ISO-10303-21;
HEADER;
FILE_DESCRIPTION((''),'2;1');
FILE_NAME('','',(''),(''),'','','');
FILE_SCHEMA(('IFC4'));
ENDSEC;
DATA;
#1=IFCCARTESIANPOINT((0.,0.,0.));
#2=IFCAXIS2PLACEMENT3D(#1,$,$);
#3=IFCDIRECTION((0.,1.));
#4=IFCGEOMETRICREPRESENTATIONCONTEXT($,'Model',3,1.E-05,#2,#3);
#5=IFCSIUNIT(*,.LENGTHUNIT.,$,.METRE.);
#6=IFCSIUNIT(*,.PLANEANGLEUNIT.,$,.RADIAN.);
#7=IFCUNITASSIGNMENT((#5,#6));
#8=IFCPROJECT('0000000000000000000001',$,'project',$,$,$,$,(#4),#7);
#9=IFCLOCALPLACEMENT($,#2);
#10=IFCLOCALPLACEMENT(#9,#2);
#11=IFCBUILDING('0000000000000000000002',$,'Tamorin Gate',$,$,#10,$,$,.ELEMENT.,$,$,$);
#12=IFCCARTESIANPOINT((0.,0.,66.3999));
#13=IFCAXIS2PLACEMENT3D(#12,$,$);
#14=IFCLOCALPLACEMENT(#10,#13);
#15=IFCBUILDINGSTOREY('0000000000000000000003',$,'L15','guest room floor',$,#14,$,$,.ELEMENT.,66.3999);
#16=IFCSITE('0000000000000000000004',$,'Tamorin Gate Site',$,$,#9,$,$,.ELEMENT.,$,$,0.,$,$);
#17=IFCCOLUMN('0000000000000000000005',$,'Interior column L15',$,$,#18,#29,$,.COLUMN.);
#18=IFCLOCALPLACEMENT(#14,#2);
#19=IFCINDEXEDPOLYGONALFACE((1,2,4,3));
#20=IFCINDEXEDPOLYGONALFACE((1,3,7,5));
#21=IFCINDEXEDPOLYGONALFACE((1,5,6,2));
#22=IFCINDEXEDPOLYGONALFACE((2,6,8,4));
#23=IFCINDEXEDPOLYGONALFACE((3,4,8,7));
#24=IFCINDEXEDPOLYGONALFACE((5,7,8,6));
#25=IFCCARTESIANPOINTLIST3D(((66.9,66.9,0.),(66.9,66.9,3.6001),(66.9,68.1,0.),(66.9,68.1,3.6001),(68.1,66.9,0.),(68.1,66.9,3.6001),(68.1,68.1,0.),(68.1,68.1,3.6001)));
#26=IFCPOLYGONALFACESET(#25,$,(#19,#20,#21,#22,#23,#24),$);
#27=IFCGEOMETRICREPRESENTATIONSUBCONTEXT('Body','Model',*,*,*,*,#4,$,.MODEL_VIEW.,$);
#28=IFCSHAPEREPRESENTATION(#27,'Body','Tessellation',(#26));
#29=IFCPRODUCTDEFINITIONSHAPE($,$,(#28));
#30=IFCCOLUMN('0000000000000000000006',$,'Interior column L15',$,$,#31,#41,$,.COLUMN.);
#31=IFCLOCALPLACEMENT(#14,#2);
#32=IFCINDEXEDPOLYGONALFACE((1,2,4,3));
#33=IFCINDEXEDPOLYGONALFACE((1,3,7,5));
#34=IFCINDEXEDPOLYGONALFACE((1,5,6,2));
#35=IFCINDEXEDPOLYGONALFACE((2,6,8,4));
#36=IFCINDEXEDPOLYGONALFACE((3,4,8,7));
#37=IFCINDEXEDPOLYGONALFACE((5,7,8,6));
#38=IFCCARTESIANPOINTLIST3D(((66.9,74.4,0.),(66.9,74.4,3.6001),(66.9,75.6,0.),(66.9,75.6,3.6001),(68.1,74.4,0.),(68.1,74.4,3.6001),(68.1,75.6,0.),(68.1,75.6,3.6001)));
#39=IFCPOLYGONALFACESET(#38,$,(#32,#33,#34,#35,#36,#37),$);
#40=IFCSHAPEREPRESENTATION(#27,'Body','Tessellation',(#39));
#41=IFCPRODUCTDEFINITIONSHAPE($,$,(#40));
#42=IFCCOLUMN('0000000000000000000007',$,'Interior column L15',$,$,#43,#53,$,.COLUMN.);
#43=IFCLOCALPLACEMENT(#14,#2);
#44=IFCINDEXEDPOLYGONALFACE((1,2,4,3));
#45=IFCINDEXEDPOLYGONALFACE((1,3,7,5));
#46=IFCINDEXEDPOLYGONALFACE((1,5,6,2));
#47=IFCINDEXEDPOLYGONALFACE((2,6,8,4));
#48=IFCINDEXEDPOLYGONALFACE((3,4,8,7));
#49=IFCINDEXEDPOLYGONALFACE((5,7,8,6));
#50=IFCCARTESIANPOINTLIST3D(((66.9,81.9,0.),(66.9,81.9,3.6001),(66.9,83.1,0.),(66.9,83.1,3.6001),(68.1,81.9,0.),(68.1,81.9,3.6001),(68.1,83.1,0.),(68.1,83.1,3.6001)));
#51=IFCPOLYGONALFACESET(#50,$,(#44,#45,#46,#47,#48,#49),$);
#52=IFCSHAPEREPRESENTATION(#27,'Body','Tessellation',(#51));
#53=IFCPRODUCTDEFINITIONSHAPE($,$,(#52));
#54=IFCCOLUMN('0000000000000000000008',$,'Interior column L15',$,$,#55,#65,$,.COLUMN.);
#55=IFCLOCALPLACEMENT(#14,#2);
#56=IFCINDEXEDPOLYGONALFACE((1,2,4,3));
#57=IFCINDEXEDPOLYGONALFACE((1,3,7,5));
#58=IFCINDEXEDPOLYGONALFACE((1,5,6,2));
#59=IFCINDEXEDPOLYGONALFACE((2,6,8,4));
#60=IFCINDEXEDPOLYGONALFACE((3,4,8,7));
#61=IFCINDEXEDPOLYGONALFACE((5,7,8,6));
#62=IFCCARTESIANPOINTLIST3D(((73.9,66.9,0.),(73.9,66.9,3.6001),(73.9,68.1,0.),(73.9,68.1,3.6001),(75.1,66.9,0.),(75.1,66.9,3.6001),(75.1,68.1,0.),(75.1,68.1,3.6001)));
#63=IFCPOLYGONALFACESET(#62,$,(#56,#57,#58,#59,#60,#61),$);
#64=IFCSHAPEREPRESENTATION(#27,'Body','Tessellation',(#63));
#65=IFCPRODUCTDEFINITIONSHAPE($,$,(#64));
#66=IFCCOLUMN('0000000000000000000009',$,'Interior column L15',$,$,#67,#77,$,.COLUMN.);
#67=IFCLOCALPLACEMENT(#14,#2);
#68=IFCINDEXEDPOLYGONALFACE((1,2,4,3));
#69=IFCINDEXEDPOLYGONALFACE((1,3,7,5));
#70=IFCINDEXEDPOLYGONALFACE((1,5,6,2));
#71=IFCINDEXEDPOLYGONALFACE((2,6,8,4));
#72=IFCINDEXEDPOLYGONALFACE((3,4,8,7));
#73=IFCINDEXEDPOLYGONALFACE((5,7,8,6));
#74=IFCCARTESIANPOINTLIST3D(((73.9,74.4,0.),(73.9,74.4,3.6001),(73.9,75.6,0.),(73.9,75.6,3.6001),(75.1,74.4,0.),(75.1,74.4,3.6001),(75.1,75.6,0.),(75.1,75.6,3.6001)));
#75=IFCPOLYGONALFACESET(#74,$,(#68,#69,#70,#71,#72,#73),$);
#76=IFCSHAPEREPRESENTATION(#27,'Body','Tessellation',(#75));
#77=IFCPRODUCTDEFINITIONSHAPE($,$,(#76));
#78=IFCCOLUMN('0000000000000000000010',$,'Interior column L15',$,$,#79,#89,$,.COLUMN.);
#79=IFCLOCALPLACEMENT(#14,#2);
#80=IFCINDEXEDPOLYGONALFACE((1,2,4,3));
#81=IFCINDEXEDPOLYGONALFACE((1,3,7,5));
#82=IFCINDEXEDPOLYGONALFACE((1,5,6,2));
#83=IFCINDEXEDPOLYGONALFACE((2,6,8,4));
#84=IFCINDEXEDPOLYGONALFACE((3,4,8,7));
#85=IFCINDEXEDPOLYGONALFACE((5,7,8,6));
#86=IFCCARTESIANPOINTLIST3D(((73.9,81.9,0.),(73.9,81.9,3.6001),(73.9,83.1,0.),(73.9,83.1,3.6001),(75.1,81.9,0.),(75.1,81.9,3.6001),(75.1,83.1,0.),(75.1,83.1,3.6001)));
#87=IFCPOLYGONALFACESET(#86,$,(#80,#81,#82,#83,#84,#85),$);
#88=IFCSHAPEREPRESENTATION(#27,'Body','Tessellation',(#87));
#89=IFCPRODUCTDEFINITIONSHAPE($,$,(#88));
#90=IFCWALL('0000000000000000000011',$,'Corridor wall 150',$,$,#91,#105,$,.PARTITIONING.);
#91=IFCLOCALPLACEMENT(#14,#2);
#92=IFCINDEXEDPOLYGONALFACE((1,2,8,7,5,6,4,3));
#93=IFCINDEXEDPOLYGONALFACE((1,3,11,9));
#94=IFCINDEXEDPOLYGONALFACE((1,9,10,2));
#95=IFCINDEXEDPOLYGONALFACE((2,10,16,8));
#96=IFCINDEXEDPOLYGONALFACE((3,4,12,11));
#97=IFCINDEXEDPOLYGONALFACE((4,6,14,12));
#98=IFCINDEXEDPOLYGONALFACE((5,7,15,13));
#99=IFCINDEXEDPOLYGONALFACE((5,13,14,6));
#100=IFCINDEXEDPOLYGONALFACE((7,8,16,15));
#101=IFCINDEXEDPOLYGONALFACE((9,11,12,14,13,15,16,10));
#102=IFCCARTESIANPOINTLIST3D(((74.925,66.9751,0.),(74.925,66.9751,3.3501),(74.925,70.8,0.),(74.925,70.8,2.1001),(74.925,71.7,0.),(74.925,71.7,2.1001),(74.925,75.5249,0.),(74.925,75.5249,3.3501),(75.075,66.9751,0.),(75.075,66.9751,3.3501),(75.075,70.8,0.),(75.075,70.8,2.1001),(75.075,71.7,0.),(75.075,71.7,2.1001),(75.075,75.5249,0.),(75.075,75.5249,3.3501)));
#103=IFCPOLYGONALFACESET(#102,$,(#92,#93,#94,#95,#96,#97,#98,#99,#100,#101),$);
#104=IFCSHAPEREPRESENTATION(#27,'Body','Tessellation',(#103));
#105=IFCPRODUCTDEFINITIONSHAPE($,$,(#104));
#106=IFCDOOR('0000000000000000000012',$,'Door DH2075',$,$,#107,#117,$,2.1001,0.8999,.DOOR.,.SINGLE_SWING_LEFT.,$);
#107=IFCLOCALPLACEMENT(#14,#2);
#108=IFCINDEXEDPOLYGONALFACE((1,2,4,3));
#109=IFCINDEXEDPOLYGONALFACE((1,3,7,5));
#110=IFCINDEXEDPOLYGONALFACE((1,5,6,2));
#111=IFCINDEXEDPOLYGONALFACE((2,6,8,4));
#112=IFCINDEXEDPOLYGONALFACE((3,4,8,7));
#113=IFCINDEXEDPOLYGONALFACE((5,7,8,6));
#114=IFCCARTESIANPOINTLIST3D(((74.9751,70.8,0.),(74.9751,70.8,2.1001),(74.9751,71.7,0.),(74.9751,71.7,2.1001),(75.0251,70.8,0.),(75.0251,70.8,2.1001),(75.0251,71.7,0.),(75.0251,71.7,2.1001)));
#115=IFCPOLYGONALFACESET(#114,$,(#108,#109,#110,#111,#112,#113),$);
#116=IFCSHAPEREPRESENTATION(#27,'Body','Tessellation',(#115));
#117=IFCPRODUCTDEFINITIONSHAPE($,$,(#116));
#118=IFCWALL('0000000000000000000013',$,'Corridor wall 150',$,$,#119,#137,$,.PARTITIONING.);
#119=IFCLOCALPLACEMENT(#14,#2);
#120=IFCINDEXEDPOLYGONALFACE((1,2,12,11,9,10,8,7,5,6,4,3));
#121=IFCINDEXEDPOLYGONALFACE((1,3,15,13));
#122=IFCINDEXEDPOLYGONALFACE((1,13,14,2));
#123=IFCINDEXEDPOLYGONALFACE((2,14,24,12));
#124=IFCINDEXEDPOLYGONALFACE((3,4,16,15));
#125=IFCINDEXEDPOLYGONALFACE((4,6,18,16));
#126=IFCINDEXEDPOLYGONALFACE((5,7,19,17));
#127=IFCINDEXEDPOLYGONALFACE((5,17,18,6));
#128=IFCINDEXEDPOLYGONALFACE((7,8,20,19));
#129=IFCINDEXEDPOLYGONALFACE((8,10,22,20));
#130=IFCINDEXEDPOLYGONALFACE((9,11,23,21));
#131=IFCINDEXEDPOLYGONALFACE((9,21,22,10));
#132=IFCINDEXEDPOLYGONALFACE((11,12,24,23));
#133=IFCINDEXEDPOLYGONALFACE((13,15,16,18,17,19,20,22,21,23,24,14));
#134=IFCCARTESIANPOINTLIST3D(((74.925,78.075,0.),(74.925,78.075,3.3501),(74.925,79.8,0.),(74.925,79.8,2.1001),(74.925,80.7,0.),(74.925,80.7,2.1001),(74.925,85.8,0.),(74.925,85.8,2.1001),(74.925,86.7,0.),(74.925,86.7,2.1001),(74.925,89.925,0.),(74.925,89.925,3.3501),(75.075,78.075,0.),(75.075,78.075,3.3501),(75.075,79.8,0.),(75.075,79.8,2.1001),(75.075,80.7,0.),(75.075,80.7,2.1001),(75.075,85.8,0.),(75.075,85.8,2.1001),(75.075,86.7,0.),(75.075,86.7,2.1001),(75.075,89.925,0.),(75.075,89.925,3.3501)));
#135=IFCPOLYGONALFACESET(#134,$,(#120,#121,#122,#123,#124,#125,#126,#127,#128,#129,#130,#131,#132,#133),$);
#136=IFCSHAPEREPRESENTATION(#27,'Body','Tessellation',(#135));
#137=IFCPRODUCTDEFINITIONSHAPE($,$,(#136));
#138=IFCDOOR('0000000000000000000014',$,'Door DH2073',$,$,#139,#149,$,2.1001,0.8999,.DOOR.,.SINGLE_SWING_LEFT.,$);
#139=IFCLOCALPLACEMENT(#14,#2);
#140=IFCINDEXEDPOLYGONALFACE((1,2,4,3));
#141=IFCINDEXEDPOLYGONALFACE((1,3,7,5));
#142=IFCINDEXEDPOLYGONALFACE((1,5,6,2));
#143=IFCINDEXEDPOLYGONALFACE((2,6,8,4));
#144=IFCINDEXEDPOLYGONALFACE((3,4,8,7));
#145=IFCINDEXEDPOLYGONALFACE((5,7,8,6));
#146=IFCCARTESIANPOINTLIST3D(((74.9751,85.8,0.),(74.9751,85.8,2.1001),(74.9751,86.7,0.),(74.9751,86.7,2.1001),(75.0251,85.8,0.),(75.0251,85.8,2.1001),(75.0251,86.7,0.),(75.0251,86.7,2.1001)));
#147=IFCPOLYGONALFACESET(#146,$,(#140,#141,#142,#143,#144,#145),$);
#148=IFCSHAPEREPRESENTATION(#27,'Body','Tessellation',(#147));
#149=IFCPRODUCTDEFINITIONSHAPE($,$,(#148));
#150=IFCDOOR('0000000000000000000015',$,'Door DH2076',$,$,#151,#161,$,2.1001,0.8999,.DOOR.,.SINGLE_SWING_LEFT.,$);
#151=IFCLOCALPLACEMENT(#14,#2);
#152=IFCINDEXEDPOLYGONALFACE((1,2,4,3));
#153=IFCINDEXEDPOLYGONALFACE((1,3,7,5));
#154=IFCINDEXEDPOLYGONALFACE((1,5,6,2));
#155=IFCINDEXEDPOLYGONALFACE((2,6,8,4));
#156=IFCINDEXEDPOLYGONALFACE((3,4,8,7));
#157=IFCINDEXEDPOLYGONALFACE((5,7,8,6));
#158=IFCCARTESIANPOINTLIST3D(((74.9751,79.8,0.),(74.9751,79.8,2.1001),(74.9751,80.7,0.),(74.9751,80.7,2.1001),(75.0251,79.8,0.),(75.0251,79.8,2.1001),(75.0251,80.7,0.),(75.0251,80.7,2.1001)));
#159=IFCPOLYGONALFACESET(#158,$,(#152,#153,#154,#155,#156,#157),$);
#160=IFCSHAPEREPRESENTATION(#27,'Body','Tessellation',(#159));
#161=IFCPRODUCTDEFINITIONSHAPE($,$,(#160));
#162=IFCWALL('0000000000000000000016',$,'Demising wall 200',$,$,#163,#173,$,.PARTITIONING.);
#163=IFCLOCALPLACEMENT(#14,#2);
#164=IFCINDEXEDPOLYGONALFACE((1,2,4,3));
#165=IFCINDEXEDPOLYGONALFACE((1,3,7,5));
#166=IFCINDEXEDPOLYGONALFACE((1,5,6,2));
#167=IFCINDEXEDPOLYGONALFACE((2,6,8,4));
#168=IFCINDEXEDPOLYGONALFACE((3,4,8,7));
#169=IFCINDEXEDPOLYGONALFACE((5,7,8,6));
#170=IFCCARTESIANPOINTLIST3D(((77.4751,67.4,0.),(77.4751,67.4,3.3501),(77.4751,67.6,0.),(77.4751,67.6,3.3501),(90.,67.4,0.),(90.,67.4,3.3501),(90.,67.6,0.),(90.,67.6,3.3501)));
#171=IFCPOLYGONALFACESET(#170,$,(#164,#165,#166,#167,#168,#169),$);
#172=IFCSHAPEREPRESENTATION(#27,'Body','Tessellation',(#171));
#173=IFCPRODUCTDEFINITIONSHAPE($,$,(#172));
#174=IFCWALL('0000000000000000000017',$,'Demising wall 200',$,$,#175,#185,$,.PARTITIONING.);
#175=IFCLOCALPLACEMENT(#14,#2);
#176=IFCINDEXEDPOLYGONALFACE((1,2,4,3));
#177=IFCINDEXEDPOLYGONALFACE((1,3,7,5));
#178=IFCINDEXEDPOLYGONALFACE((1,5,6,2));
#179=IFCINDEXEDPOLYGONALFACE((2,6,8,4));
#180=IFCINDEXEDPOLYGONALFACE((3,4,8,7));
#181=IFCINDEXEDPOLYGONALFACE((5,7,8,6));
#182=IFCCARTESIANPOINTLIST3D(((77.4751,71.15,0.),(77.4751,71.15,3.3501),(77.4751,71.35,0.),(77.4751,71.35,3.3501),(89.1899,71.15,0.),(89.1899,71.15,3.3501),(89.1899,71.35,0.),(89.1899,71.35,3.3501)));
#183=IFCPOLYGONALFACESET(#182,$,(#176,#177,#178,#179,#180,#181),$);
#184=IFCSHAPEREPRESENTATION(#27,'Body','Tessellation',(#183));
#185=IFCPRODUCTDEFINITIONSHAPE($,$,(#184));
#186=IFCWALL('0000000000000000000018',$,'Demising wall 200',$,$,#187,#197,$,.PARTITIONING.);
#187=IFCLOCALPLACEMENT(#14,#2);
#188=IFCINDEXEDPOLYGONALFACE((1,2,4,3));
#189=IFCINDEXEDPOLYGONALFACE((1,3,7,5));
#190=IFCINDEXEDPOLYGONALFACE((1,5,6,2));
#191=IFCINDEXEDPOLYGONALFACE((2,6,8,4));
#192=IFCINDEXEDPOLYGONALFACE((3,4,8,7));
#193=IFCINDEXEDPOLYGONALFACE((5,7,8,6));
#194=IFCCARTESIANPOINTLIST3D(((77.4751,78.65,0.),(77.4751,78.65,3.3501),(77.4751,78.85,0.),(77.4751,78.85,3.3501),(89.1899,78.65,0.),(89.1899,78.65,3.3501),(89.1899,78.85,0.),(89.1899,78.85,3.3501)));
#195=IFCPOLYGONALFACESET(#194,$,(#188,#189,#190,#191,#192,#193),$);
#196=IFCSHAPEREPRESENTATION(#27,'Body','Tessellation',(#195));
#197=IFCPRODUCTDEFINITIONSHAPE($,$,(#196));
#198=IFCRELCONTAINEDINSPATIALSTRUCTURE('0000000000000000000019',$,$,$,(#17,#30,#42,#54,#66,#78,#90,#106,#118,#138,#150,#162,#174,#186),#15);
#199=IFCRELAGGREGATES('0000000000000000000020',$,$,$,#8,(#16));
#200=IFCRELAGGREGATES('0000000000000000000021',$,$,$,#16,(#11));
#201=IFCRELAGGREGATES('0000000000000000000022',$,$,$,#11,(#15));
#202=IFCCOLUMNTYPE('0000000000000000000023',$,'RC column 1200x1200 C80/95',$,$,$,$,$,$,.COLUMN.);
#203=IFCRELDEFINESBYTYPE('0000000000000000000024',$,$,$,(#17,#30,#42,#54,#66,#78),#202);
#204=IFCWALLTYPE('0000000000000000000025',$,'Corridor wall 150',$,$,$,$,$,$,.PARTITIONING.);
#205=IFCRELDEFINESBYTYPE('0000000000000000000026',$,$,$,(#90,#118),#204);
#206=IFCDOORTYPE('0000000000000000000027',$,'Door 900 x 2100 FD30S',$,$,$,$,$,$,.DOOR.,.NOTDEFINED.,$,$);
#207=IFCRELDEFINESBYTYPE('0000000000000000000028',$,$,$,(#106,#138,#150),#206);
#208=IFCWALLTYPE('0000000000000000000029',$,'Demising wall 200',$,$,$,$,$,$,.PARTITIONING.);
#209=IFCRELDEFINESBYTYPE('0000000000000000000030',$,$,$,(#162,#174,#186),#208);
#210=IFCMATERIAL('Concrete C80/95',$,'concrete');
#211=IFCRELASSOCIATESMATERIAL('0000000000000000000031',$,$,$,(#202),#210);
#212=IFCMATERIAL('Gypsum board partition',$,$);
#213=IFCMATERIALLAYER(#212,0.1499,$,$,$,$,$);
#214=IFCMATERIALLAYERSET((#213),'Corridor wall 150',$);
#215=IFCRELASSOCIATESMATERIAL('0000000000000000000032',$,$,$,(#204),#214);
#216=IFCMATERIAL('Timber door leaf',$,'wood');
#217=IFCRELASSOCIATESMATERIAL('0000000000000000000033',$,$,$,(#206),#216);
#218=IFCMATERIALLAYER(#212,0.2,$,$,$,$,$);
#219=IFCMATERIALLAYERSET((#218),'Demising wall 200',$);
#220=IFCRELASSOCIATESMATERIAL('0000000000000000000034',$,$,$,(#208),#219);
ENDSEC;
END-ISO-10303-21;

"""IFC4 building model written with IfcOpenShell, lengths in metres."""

from ifc_helpers import new_model, si_unit, direction, frame, frame_2d, origin, origin_2d, place, context, subcontext, project, spatial, rectangle, extrude, material, layer, layer_set, material_profile, profile_set, type_object, element, fill, save


model = new_model("IFC4")

# Units and contexts
model_context = context("Model", 3, precision=1e-05, world=origin(), true_north=direction((0.0, 1.0)))
body_context = subcontext(model_context, "Body", "Model", "MODEL_VIEW")
ifc_project = project(units=[si_unit("LENGTHUNIT", "METRE"), si_unit("PLANEANGLEUNIT", "RADIAN")], contexts=[model_context])

# Site, building, storey
site_placement = place(None, origin())
site = spatial("IfcSite", under=ifc_project, at=site_placement, Name="Tamorin Gate Site", CompositionType="ELEMENT", RefElevation=0.0)
building_placement = place(site_placement, origin())
building = spatial("IfcBuilding", under=site, at=building_placement, Name="Tamorin Gate", CompositionType="ELEMENT")
storey_placement = place(building_placement, frame((0.0, 0.0, 66.3999)))
storey = spatial("IfcBuildingStorey", under=building, at=storey_placement, Name="L15", Description="guest room floor", CompositionType="ELEMENT", Elevation=66.3999)

# Columns
ifc_material_1 = material(Name="Concrete C80/95", Category="concrete")
ifc_material_profile = material_profile(ifc_material_1, rectangle(XDim=1.2, YDim=1.2, at=origin_2d()), Name="RC 1200x1200")
ifc_profile_set = profile_set([ifc_material_profile], Name="Concrete C80/95")
column_type = type_object("IfcColumnType", Name="RC column 1200x1200 C80/95", PredefinedType="COLUMN", material=ifc_profile_set)
for number, where, z_axis, x_axis, name in (
    (1, (67.5, 67.5, 0.0), (0.0, 0.0, 1.0), (1.0, 0.0, 0.0), "Interior column L15"),
    (2, (67.5, 75.0, 0.0), (0.0, 0.0, 1.0), (1.0, 0.0, 0.0), "Interior column L15"),
    (3, (67.5, 82.5, 0.0), (0.0, 0.0, 1.0), (1.0, 0.0, 0.0), "Interior column L15"),
    (4, (74.5, 67.5, 0.0), (0.0, 0.0, 1.0), (1.0, 0.0, 0.0), "Interior column L15"),
    (5, (74.5, 75.0, 0.0), (0.0, 0.0, 1.0), (1.0, 0.0, 0.0), "Interior column L15"),
    (6, (74.5, 82.5, 0.0), (0.0, 0.0, 1.0), (1.0, 0.0, 0.0), "Interior column L15"),
):
    element("IfcColumn", number, at=place(storey_placement, frame(where, z_axis=z_axis, x_axis=x_axis)), inside=storey, type_object=column_type, Name=name, PredefinedType="COLUMN", context=body_context, shape_type="SweptSolid", body=[
        extrude(rectangle(XDim=1.2, YDim=1.2, at=origin_2d()), origin(), (0.0, 0.0, 1.0), 3.6001),
    ])

# Wall, opening, door
ifc_material_2 = material(Name="Gypsum board partition")
ifc_layer_1 = layer(ifc_material_2, 0.1499)
ifc_layer_set_1 = layer_set([ifc_layer_1], Name="Corridor wall 150")
wall_type_1 = type_object("IfcWallType", Name="Corridor wall 150", PredefinedType="PARTITIONING", material=ifc_layer_set_1)
wall_1_placement = place(storey_placement, frame((75.0, 66.9751, 0.0), z_axis=(0.0, 0.0, 1.0), x_axis=(0.0, 1.0, 0.0)))
wall_1 = element("IfcWall", 7, at=wall_1_placement, inside=storey, type_object=wall_type_1, Name="Corridor wall 150", PredefinedType="PARTITIONING", context=body_context, shape_type="SweptSolid", body=[
    extrude(rectangle(XDim=8.5498, YDim=0.1499, at=frame_2d((4.2749, 0.0))), origin(), (0.0, 0.0, 1.0), 3.3501),
])
opening_1_placement = place(wall_1_placement, frame((3.825, 0.0, 0.0)))
opening_1 = element("IfcOpeningElement", 8, at=opening_1_placement, cuts=wall_1, PredefinedType="OPENING", context=body_context, shape_type="SweptSolid", body=[
    extrude(rectangle(XDim=0.8999, YDim=2.1001, at=frame_2d((0.45, 1.05))), frame((0.0, 0.085, 0.0), z_axis=(0.0, -1.0, 0.0), x_axis=(1.0, 0.0, 0.0)), (0.0, 0.0, 1.0), 0.1699),
])
ifc_material_3 = material(Name="Timber door leaf", Category="wood")
door_type = type_object("IfcDoorType", Name="Door 900 x 2100 FD30S", OperationType="NOTDEFINED", PredefinedType="DOOR", material=ifc_material_3)
door_1_placement = place(opening_1_placement, origin())
door_1 = element("IfcDoor", 9, at=door_1_placement, inside=storey, type_object=door_type, Name="Door DH2075", OperationType="SINGLE_SWING_LEFT", OverallHeight=2.1001, OverallWidth=0.8999, PredefinedType="DOOR", context=body_context, shape_type="SweptSolid", body=[
    extrude(rectangle(XDim=0.8999, YDim=2.1001, at=frame_2d((0.45, 1.05))), frame((0.0, 0.0249, 0.0), z_axis=(0.0, -1.0, 0.0), x_axis=(1.0, 0.0, 0.0)), (0.0, 0.0, 1.0), 0.05),
])
fill(opening_1, door_1)

# Wall, openings, doors
wall_2_placement = place(storey_placement, frame((75.0, 78.075, 0.0), z_axis=(0.0, 0.0, 1.0), x_axis=(0.0, 1.0, 0.0)))
wall_2 = element("IfcWall", 10, at=wall_2_placement, inside=storey, type_object=wall_type_1, Name="Corridor wall 150", PredefinedType="PARTITIONING", context=body_context, shape_type="SweptSolid", body=[
    extrude(rectangle(XDim=11.8501, YDim=0.1499, at=frame_2d((5.925, 0.0))), origin(), (0.0, 0.0, 1.0), 3.3501),
])
opening_2_placement = place(wall_2_placement, frame((7.7251, 0.0, 0.0)))
opening_2 = element("IfcOpeningElement", 11, at=opening_2_placement, cuts=wall_2, PredefinedType="OPENING", context=body_context, shape_type="SweptSolid", body=[
    extrude(rectangle(XDim=0.8999, YDim=2.1001, at=frame_2d((0.45, 1.05))), frame((0.0, 0.085, 0.0), z_axis=(0.0, -1.0, 0.0), x_axis=(1.0, 0.0, 0.0)), (0.0, 0.0, 1.0), 0.1699),
])
opening_3_placement = place(wall_2_placement, frame((1.7251, 0.0, 0.0)))
opening_3 = element("IfcOpeningElement", 12, at=opening_3_placement, cuts=wall_2, PredefinedType="OPENING", context=body_context, shape_type="SweptSolid", body=[
    extrude(rectangle(XDim=0.8999, YDim=2.1001, at=frame_2d((0.45, 1.05))), frame((0.0, 0.085, 0.0), z_axis=(0.0, -1.0, 0.0), x_axis=(1.0, 0.0, 0.0)), (0.0, 0.0, 1.0), 0.1699),
])
door_2_placement = place(opening_2_placement, origin())
door_2 = element("IfcDoor", 13, at=door_2_placement, inside=storey, type_object=door_type, Name="Door DH2073", OperationType="SINGLE_SWING_LEFT", OverallHeight=2.1001, OverallWidth=0.8999, PredefinedType="DOOR", context=body_context, shape_type="SweptSolid", body=[
    extrude(rectangle(XDim=0.8999, YDim=2.1001, at=frame_2d((0.45, 1.05))), frame((0.0, 0.0249, 0.0), z_axis=(0.0, -1.0, 0.0), x_axis=(1.0, 0.0, 0.0)), (0.0, 0.0, 1.0), 0.05),
])
fill(opening_2, door_2)
door_3_placement = place(opening_3_placement, origin())
door_3 = element("IfcDoor", 14, at=door_3_placement, inside=storey, type_object=door_type, Name="Door DH2076", OperationType="SINGLE_SWING_LEFT", OverallHeight=2.1001, OverallWidth=0.8999, PredefinedType="DOOR", context=body_context, shape_type="SweptSolid", body=[
    extrude(rectangle(XDim=0.8999, YDim=2.1001, at=frame_2d((0.45, 1.05))), frame((0.0, 0.0249, 0.0), z_axis=(0.0, -1.0, 0.0), x_axis=(1.0, 0.0, 0.0)), (0.0, 0.0, 1.0), 0.05),
])
fill(opening_3, door_3)

# Walls
ifc_layer_2 = layer(ifc_material_2, 0.2)
ifc_layer_set_2 = layer_set([ifc_layer_2], Name="Demising wall 200")
wall_type_2 = type_object("IfcWallType", Name="Demising wall 200", PredefinedType="PARTITIONING", material=ifc_layer_set_2)
wall_3_placement = place(storey_placement, frame((77.4751, 67.5, 0.0), z_axis=(0.0, 0.0, 1.0), x_axis=(1.0, 0.0, 0.0)))
element("IfcWall", 15, at=wall_3_placement, inside=storey, type_object=wall_type_2, Name="Demising wall 200", PredefinedType="PARTITIONING", context=body_context, shape_type="SweptSolid", body=[
    extrude(rectangle(XDim=12.5249, YDim=0.2, at=frame_2d((6.2625, 0.0))), origin(), (0.0, 0.0, 1.0), 3.3501),
])
for number, where, z_axis, x_axis, name in (
    (16, (77.4751, 71.25, 0.0), (0.0, 0.0, 1.0), (1.0, 0.0, 0.0), "Demising wall 200"),
    (17, (77.4751, 78.75, 0.0), (0.0, 0.0, 1.0), (1.0, 0.0, 0.0), "Demising wall 200"),
):
    element("IfcWall", number, at=place(storey_placement, frame(where, z_axis=z_axis, x_axis=x_axis)), inside=storey, type_object=wall_type_2, Name=name, PredefinedType="PARTITIONING", context=body_context, shape_type="SweptSolid", body=[
        extrude(rectangle(XDim=11.7148, YDim=0.2, at=frame_2d((5.8574, 0.0))), origin(), (0.0, 0.0, 1.0), 3.3501),
    ])

save(model, "model.ifc")
